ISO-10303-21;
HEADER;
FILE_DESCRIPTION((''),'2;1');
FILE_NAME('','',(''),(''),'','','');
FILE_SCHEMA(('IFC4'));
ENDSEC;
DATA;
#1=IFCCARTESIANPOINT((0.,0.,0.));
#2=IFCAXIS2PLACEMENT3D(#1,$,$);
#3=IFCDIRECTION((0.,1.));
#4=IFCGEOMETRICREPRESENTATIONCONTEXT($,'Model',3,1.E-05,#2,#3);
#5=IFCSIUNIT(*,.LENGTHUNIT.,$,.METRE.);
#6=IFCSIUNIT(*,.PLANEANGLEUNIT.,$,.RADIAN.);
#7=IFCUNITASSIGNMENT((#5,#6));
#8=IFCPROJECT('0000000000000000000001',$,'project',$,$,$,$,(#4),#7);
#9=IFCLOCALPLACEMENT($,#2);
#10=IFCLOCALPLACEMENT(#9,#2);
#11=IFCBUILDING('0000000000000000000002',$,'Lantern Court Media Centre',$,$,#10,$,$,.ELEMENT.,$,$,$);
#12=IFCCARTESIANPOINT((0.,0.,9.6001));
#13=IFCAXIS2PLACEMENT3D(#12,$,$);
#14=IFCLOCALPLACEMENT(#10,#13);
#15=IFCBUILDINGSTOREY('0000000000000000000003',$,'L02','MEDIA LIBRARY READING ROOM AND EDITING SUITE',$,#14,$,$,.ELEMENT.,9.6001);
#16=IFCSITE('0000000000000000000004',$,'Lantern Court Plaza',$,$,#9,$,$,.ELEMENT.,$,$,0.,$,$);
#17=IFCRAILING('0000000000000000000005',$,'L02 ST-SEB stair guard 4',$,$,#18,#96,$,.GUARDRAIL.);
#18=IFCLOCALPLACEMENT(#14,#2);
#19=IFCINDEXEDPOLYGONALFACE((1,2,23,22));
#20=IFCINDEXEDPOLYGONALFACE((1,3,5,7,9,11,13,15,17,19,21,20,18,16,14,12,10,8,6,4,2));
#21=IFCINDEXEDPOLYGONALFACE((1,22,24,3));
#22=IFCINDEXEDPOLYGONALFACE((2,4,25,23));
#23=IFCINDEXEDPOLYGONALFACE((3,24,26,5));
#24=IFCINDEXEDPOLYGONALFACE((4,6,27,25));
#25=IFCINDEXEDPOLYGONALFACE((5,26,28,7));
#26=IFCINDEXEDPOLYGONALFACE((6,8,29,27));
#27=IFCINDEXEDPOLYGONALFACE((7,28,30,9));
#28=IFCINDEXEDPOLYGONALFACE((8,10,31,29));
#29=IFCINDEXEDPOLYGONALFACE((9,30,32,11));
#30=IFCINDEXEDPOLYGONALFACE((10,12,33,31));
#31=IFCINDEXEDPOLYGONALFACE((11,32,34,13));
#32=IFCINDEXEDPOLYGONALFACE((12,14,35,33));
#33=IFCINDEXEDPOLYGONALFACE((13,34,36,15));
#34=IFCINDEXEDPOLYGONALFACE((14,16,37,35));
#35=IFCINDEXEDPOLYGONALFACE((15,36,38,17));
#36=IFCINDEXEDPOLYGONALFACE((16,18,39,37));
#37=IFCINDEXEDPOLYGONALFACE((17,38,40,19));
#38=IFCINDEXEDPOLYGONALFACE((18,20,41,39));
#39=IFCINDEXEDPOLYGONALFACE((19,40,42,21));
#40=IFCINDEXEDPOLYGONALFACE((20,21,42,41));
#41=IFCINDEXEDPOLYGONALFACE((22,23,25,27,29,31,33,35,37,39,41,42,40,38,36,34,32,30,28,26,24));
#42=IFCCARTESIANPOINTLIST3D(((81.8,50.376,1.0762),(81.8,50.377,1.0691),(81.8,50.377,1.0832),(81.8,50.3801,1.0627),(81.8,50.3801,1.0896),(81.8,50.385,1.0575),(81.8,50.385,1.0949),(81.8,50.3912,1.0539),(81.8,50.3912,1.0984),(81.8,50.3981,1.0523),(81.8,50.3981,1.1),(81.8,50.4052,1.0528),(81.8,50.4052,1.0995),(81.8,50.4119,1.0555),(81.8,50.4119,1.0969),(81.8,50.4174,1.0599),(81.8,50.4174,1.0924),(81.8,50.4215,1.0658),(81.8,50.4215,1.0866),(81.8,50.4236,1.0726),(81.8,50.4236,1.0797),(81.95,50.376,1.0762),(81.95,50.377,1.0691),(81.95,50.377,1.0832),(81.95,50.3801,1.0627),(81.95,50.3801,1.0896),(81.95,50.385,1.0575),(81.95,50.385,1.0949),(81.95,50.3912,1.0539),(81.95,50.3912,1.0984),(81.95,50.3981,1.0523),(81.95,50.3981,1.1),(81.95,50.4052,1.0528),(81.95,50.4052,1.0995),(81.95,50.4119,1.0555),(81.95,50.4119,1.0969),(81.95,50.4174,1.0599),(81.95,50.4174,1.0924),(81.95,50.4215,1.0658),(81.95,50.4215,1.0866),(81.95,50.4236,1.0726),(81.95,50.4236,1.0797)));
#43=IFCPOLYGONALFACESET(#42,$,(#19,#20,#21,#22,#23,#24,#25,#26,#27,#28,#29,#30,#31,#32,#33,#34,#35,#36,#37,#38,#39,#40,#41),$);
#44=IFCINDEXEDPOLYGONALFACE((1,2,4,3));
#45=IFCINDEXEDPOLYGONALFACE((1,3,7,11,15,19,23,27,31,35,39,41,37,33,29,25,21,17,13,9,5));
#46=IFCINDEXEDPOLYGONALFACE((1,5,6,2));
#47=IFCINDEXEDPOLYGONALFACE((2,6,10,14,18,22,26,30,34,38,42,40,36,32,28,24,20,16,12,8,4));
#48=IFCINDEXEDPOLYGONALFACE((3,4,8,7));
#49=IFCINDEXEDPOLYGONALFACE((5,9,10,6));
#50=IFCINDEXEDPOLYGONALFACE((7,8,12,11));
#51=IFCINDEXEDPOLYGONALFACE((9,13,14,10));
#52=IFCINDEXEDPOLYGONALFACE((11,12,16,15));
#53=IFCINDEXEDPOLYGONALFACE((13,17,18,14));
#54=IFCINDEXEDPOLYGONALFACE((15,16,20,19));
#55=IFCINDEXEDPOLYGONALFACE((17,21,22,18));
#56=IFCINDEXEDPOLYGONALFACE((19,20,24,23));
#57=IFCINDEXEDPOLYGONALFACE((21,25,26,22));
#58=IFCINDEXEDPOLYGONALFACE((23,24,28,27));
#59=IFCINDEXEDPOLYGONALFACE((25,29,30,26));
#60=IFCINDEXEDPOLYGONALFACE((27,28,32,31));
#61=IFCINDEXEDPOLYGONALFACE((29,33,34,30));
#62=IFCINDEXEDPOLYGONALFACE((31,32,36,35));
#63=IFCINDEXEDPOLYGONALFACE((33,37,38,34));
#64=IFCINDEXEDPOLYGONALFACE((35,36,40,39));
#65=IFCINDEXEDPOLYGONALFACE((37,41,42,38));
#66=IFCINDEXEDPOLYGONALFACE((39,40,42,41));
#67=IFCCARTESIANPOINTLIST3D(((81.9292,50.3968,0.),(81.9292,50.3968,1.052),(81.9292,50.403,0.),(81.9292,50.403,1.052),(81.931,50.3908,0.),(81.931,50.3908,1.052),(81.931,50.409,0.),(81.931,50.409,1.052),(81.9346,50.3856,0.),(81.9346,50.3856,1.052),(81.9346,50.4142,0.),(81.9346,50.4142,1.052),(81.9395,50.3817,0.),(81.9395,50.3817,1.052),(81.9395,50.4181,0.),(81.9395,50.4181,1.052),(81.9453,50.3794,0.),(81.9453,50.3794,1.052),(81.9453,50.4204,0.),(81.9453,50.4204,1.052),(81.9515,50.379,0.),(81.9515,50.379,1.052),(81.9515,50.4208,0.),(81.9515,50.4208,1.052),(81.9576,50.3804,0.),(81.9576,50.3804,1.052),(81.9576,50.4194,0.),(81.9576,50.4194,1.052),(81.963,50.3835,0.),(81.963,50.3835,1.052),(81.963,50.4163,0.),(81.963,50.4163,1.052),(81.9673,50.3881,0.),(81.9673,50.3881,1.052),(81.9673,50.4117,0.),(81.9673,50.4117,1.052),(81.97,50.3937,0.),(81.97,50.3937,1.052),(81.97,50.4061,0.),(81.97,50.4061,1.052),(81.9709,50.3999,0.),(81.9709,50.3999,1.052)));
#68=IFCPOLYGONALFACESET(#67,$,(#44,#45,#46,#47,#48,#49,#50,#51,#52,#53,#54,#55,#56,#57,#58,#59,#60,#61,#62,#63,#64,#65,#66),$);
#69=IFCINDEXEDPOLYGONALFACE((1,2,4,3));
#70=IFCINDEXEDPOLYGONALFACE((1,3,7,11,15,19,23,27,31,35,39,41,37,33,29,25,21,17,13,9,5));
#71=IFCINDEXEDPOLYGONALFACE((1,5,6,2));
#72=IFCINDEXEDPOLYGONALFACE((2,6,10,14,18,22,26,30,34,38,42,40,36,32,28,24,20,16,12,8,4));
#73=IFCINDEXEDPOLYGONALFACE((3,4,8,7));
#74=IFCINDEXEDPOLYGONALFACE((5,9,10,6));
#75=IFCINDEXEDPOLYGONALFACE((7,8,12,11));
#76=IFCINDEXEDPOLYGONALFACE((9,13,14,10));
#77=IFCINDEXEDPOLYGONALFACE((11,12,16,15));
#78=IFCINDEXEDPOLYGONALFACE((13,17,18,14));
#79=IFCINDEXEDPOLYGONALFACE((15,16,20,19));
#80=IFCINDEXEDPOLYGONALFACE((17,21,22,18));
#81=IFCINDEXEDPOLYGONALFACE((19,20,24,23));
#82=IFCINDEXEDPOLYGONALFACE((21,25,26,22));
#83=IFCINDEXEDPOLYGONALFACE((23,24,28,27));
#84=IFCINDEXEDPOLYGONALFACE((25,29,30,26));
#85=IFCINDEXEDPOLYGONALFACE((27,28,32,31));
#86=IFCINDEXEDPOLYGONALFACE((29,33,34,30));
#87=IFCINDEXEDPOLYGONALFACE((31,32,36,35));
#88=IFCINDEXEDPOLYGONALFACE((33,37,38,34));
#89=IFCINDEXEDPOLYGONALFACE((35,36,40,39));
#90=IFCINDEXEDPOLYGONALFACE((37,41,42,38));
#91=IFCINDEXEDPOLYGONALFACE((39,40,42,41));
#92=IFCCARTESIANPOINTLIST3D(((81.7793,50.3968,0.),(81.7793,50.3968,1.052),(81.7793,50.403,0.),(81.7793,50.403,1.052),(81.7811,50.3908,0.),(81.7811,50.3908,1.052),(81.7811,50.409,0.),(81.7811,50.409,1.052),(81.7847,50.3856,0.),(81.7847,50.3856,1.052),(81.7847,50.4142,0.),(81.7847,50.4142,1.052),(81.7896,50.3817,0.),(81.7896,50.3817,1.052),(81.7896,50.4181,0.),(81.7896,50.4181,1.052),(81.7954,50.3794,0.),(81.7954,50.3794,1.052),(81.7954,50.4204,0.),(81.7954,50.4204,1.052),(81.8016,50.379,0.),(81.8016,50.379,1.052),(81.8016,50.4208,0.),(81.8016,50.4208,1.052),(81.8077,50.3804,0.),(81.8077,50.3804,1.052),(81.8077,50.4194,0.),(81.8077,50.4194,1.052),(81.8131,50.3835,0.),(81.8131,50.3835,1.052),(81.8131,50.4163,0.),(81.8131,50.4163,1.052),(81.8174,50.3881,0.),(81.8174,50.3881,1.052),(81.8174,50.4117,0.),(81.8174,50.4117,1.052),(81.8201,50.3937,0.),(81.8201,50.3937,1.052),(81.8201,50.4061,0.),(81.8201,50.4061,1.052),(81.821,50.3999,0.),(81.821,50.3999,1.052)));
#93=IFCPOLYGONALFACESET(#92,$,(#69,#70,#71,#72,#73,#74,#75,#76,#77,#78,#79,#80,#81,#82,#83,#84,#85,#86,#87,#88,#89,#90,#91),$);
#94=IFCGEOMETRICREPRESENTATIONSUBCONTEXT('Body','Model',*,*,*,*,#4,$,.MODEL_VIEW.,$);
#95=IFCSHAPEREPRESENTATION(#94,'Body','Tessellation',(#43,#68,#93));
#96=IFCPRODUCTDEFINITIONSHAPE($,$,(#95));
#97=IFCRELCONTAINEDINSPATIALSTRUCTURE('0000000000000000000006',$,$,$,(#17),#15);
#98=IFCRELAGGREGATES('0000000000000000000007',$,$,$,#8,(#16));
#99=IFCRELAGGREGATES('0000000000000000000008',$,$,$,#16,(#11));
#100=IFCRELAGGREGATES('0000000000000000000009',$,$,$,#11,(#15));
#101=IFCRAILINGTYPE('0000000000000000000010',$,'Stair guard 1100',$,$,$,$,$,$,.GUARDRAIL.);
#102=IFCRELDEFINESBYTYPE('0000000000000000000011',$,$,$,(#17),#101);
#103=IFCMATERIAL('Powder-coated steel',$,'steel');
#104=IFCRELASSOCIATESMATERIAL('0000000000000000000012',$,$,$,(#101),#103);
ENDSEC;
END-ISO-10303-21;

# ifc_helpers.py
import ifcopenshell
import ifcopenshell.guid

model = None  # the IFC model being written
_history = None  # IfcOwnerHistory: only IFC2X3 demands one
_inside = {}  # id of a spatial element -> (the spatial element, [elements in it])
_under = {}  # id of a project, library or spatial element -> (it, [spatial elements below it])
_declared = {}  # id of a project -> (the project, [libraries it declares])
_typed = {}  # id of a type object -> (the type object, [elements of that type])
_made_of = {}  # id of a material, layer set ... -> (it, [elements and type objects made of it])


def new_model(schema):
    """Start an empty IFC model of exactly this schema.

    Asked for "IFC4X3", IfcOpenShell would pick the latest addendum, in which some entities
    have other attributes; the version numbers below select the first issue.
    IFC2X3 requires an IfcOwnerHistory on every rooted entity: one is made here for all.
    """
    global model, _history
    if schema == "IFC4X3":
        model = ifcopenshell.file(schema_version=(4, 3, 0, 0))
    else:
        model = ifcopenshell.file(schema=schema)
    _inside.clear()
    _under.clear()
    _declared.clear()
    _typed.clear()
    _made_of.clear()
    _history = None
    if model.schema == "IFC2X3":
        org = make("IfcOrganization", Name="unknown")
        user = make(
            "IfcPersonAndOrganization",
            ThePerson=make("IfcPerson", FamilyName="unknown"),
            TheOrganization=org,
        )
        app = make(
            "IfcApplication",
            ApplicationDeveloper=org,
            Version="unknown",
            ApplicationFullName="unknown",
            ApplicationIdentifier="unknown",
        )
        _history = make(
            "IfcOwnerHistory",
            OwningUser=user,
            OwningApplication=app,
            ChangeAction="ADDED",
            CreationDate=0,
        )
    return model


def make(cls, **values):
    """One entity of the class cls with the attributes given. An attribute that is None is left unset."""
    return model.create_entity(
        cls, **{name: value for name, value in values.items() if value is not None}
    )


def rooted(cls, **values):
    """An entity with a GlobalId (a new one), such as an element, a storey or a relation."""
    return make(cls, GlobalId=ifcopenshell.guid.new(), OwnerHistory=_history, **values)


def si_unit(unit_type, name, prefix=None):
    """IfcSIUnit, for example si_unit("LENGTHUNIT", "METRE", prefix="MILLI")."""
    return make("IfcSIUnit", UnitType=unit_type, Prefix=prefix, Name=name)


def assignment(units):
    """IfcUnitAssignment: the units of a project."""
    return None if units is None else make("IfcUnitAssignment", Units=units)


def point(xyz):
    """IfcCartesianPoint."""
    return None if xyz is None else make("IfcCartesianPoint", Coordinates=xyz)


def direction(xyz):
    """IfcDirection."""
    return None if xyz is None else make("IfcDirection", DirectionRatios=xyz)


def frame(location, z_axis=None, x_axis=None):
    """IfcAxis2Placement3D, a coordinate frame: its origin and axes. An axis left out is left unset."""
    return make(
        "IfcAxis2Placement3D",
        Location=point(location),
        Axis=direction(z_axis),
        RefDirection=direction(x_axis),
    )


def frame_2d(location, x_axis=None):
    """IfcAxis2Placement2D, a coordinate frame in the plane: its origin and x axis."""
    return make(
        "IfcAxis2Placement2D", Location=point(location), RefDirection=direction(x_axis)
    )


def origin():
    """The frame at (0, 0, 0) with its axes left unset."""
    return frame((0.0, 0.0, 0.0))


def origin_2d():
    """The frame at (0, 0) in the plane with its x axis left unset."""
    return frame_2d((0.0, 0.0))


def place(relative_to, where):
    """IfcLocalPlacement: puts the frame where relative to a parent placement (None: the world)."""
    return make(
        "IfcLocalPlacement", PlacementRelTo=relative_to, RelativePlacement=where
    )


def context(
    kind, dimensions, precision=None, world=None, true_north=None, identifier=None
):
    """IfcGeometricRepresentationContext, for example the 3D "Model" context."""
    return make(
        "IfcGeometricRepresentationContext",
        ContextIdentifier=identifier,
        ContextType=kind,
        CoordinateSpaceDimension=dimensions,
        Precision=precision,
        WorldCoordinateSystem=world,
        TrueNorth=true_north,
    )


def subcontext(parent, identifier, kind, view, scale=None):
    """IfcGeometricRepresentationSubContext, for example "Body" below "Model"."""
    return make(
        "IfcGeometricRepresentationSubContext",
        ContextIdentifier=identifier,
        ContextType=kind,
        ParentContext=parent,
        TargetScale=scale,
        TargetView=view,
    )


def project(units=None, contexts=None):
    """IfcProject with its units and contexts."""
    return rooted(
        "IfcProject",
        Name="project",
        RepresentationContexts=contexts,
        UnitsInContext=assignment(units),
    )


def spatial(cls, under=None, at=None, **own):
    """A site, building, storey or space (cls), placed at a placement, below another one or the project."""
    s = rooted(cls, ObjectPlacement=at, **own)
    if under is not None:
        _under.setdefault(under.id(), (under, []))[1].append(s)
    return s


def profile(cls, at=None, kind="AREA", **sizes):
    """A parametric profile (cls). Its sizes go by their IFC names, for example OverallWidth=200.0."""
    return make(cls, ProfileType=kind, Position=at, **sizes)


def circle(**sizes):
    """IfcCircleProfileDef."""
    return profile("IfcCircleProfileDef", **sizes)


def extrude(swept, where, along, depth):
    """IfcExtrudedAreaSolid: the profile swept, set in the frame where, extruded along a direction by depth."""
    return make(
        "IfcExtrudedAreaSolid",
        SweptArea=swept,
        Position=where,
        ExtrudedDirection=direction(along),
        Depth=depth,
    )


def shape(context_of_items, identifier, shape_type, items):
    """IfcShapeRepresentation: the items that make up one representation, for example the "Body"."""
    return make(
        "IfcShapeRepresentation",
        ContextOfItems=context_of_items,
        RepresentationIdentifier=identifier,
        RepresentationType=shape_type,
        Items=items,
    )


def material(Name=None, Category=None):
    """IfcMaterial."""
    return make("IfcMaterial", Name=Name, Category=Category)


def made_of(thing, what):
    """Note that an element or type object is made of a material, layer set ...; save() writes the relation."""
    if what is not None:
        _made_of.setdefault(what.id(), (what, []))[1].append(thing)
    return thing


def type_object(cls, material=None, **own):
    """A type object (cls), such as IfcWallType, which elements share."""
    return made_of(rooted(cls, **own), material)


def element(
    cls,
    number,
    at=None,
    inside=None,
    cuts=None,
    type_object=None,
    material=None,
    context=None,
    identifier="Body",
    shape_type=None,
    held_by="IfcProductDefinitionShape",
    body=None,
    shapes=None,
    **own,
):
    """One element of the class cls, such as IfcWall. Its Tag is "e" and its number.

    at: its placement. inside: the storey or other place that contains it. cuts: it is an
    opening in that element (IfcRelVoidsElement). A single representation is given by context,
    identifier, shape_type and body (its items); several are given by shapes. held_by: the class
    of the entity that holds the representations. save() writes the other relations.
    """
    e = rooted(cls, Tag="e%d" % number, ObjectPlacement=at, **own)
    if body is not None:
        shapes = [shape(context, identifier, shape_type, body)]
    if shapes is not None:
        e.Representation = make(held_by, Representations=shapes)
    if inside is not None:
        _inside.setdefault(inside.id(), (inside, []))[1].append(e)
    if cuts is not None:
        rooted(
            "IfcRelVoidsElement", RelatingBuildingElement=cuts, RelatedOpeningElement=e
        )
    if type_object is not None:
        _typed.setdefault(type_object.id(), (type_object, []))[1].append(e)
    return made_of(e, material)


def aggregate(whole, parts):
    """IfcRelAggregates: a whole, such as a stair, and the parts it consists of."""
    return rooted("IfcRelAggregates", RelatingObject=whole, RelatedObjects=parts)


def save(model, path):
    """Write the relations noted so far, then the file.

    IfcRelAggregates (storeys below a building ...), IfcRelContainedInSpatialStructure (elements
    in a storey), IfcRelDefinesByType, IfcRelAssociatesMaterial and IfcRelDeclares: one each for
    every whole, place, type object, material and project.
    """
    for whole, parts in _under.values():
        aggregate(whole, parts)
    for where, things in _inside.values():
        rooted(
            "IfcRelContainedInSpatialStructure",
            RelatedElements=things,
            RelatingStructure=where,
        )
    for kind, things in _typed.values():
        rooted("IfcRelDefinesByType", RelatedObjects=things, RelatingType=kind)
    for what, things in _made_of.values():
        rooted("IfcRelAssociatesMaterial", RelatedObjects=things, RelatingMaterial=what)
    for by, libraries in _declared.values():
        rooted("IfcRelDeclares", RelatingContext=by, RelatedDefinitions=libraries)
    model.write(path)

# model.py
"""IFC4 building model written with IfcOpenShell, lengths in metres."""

from ifc_helpers import new_model, si_unit, direction, frame, origin, origin_2d, place, context, subcontext, project, spatial, circle, extrude, material, type_object, element, save


model = new_model("IFC4")

# Units and contexts
model_context = context("Model", 3, precision=1e-05, world=origin(), true_north=direction((0.0, 1.0)))
body_context = subcontext(model_context, "Body", "Model", "MODEL_VIEW")
ifc_project = project(units=[si_unit("LENGTHUNIT", "METRE"), si_unit("PLANEANGLEUNIT", "RADIAN")], contexts=[model_context])

# Site, building, storey
site_placement = place(None, origin())
site = spatial("IfcSite", under=ifc_project, at=site_placement, Name="Lantern Court Plaza", CompositionType="ELEMENT", RefElevation=0.0)
building_placement = place(site_placement, origin())
building = spatial("IfcBuilding", under=site, at=building_placement, Name="Lantern Court Media Centre", CompositionType="ELEMENT")
storey_placement = place(building_placement, frame((0.0, 0.0, 9.6001)))
storey = spatial("IfcBuildingStorey", under=building, at=storey_placement, Name="L02", Description="MEDIA LIBRARY READING ROOM AND EDITING SUITE", CompositionType="ELEMENT", Elevation=9.6001)

# Shared definitions
ifc_material_1 = material(Name="Powder-coated steel", Category="steel")

# Railing
railing_type_1 = type_object("IfcRailingType", Name="Stair guard 1100", PredefinedType="GUARDRAIL", material=ifc_material_1)
railing_1_placement = place(storey_placement, frame((81.95, 50.3999, 0.0)))
element("IfcRailing", 1, at=railing_1_placement, inside=storey, type_object=railing_type_1, Name="L02 ST-SEB stair guard 4", PredefinedType="GUARDRAIL", context=body_context, shape_type="SweptSolid", body=[
    extrude(circle(Radius=0.0239, at=origin_2d()), frame((0.0, 0.0, 1.0762), z_axis=(-1.0, 0.0, 0.0), x_axis=(0.0, -1.0, 0.0)), (0.0, 0.0, 1.0), 0.1499),
    extrude(circle(Radius=0.021, at=origin_2d()), origin(), (0.0, 0.0, 1.0), 1.052),
    extrude(circle(Radius=0.021, at=origin_2d()), frame((-0.1499, 0.0, 0.0)), (0.0, 0.0, 1.0), 1.052),
])

save(model, "model.ifc")
